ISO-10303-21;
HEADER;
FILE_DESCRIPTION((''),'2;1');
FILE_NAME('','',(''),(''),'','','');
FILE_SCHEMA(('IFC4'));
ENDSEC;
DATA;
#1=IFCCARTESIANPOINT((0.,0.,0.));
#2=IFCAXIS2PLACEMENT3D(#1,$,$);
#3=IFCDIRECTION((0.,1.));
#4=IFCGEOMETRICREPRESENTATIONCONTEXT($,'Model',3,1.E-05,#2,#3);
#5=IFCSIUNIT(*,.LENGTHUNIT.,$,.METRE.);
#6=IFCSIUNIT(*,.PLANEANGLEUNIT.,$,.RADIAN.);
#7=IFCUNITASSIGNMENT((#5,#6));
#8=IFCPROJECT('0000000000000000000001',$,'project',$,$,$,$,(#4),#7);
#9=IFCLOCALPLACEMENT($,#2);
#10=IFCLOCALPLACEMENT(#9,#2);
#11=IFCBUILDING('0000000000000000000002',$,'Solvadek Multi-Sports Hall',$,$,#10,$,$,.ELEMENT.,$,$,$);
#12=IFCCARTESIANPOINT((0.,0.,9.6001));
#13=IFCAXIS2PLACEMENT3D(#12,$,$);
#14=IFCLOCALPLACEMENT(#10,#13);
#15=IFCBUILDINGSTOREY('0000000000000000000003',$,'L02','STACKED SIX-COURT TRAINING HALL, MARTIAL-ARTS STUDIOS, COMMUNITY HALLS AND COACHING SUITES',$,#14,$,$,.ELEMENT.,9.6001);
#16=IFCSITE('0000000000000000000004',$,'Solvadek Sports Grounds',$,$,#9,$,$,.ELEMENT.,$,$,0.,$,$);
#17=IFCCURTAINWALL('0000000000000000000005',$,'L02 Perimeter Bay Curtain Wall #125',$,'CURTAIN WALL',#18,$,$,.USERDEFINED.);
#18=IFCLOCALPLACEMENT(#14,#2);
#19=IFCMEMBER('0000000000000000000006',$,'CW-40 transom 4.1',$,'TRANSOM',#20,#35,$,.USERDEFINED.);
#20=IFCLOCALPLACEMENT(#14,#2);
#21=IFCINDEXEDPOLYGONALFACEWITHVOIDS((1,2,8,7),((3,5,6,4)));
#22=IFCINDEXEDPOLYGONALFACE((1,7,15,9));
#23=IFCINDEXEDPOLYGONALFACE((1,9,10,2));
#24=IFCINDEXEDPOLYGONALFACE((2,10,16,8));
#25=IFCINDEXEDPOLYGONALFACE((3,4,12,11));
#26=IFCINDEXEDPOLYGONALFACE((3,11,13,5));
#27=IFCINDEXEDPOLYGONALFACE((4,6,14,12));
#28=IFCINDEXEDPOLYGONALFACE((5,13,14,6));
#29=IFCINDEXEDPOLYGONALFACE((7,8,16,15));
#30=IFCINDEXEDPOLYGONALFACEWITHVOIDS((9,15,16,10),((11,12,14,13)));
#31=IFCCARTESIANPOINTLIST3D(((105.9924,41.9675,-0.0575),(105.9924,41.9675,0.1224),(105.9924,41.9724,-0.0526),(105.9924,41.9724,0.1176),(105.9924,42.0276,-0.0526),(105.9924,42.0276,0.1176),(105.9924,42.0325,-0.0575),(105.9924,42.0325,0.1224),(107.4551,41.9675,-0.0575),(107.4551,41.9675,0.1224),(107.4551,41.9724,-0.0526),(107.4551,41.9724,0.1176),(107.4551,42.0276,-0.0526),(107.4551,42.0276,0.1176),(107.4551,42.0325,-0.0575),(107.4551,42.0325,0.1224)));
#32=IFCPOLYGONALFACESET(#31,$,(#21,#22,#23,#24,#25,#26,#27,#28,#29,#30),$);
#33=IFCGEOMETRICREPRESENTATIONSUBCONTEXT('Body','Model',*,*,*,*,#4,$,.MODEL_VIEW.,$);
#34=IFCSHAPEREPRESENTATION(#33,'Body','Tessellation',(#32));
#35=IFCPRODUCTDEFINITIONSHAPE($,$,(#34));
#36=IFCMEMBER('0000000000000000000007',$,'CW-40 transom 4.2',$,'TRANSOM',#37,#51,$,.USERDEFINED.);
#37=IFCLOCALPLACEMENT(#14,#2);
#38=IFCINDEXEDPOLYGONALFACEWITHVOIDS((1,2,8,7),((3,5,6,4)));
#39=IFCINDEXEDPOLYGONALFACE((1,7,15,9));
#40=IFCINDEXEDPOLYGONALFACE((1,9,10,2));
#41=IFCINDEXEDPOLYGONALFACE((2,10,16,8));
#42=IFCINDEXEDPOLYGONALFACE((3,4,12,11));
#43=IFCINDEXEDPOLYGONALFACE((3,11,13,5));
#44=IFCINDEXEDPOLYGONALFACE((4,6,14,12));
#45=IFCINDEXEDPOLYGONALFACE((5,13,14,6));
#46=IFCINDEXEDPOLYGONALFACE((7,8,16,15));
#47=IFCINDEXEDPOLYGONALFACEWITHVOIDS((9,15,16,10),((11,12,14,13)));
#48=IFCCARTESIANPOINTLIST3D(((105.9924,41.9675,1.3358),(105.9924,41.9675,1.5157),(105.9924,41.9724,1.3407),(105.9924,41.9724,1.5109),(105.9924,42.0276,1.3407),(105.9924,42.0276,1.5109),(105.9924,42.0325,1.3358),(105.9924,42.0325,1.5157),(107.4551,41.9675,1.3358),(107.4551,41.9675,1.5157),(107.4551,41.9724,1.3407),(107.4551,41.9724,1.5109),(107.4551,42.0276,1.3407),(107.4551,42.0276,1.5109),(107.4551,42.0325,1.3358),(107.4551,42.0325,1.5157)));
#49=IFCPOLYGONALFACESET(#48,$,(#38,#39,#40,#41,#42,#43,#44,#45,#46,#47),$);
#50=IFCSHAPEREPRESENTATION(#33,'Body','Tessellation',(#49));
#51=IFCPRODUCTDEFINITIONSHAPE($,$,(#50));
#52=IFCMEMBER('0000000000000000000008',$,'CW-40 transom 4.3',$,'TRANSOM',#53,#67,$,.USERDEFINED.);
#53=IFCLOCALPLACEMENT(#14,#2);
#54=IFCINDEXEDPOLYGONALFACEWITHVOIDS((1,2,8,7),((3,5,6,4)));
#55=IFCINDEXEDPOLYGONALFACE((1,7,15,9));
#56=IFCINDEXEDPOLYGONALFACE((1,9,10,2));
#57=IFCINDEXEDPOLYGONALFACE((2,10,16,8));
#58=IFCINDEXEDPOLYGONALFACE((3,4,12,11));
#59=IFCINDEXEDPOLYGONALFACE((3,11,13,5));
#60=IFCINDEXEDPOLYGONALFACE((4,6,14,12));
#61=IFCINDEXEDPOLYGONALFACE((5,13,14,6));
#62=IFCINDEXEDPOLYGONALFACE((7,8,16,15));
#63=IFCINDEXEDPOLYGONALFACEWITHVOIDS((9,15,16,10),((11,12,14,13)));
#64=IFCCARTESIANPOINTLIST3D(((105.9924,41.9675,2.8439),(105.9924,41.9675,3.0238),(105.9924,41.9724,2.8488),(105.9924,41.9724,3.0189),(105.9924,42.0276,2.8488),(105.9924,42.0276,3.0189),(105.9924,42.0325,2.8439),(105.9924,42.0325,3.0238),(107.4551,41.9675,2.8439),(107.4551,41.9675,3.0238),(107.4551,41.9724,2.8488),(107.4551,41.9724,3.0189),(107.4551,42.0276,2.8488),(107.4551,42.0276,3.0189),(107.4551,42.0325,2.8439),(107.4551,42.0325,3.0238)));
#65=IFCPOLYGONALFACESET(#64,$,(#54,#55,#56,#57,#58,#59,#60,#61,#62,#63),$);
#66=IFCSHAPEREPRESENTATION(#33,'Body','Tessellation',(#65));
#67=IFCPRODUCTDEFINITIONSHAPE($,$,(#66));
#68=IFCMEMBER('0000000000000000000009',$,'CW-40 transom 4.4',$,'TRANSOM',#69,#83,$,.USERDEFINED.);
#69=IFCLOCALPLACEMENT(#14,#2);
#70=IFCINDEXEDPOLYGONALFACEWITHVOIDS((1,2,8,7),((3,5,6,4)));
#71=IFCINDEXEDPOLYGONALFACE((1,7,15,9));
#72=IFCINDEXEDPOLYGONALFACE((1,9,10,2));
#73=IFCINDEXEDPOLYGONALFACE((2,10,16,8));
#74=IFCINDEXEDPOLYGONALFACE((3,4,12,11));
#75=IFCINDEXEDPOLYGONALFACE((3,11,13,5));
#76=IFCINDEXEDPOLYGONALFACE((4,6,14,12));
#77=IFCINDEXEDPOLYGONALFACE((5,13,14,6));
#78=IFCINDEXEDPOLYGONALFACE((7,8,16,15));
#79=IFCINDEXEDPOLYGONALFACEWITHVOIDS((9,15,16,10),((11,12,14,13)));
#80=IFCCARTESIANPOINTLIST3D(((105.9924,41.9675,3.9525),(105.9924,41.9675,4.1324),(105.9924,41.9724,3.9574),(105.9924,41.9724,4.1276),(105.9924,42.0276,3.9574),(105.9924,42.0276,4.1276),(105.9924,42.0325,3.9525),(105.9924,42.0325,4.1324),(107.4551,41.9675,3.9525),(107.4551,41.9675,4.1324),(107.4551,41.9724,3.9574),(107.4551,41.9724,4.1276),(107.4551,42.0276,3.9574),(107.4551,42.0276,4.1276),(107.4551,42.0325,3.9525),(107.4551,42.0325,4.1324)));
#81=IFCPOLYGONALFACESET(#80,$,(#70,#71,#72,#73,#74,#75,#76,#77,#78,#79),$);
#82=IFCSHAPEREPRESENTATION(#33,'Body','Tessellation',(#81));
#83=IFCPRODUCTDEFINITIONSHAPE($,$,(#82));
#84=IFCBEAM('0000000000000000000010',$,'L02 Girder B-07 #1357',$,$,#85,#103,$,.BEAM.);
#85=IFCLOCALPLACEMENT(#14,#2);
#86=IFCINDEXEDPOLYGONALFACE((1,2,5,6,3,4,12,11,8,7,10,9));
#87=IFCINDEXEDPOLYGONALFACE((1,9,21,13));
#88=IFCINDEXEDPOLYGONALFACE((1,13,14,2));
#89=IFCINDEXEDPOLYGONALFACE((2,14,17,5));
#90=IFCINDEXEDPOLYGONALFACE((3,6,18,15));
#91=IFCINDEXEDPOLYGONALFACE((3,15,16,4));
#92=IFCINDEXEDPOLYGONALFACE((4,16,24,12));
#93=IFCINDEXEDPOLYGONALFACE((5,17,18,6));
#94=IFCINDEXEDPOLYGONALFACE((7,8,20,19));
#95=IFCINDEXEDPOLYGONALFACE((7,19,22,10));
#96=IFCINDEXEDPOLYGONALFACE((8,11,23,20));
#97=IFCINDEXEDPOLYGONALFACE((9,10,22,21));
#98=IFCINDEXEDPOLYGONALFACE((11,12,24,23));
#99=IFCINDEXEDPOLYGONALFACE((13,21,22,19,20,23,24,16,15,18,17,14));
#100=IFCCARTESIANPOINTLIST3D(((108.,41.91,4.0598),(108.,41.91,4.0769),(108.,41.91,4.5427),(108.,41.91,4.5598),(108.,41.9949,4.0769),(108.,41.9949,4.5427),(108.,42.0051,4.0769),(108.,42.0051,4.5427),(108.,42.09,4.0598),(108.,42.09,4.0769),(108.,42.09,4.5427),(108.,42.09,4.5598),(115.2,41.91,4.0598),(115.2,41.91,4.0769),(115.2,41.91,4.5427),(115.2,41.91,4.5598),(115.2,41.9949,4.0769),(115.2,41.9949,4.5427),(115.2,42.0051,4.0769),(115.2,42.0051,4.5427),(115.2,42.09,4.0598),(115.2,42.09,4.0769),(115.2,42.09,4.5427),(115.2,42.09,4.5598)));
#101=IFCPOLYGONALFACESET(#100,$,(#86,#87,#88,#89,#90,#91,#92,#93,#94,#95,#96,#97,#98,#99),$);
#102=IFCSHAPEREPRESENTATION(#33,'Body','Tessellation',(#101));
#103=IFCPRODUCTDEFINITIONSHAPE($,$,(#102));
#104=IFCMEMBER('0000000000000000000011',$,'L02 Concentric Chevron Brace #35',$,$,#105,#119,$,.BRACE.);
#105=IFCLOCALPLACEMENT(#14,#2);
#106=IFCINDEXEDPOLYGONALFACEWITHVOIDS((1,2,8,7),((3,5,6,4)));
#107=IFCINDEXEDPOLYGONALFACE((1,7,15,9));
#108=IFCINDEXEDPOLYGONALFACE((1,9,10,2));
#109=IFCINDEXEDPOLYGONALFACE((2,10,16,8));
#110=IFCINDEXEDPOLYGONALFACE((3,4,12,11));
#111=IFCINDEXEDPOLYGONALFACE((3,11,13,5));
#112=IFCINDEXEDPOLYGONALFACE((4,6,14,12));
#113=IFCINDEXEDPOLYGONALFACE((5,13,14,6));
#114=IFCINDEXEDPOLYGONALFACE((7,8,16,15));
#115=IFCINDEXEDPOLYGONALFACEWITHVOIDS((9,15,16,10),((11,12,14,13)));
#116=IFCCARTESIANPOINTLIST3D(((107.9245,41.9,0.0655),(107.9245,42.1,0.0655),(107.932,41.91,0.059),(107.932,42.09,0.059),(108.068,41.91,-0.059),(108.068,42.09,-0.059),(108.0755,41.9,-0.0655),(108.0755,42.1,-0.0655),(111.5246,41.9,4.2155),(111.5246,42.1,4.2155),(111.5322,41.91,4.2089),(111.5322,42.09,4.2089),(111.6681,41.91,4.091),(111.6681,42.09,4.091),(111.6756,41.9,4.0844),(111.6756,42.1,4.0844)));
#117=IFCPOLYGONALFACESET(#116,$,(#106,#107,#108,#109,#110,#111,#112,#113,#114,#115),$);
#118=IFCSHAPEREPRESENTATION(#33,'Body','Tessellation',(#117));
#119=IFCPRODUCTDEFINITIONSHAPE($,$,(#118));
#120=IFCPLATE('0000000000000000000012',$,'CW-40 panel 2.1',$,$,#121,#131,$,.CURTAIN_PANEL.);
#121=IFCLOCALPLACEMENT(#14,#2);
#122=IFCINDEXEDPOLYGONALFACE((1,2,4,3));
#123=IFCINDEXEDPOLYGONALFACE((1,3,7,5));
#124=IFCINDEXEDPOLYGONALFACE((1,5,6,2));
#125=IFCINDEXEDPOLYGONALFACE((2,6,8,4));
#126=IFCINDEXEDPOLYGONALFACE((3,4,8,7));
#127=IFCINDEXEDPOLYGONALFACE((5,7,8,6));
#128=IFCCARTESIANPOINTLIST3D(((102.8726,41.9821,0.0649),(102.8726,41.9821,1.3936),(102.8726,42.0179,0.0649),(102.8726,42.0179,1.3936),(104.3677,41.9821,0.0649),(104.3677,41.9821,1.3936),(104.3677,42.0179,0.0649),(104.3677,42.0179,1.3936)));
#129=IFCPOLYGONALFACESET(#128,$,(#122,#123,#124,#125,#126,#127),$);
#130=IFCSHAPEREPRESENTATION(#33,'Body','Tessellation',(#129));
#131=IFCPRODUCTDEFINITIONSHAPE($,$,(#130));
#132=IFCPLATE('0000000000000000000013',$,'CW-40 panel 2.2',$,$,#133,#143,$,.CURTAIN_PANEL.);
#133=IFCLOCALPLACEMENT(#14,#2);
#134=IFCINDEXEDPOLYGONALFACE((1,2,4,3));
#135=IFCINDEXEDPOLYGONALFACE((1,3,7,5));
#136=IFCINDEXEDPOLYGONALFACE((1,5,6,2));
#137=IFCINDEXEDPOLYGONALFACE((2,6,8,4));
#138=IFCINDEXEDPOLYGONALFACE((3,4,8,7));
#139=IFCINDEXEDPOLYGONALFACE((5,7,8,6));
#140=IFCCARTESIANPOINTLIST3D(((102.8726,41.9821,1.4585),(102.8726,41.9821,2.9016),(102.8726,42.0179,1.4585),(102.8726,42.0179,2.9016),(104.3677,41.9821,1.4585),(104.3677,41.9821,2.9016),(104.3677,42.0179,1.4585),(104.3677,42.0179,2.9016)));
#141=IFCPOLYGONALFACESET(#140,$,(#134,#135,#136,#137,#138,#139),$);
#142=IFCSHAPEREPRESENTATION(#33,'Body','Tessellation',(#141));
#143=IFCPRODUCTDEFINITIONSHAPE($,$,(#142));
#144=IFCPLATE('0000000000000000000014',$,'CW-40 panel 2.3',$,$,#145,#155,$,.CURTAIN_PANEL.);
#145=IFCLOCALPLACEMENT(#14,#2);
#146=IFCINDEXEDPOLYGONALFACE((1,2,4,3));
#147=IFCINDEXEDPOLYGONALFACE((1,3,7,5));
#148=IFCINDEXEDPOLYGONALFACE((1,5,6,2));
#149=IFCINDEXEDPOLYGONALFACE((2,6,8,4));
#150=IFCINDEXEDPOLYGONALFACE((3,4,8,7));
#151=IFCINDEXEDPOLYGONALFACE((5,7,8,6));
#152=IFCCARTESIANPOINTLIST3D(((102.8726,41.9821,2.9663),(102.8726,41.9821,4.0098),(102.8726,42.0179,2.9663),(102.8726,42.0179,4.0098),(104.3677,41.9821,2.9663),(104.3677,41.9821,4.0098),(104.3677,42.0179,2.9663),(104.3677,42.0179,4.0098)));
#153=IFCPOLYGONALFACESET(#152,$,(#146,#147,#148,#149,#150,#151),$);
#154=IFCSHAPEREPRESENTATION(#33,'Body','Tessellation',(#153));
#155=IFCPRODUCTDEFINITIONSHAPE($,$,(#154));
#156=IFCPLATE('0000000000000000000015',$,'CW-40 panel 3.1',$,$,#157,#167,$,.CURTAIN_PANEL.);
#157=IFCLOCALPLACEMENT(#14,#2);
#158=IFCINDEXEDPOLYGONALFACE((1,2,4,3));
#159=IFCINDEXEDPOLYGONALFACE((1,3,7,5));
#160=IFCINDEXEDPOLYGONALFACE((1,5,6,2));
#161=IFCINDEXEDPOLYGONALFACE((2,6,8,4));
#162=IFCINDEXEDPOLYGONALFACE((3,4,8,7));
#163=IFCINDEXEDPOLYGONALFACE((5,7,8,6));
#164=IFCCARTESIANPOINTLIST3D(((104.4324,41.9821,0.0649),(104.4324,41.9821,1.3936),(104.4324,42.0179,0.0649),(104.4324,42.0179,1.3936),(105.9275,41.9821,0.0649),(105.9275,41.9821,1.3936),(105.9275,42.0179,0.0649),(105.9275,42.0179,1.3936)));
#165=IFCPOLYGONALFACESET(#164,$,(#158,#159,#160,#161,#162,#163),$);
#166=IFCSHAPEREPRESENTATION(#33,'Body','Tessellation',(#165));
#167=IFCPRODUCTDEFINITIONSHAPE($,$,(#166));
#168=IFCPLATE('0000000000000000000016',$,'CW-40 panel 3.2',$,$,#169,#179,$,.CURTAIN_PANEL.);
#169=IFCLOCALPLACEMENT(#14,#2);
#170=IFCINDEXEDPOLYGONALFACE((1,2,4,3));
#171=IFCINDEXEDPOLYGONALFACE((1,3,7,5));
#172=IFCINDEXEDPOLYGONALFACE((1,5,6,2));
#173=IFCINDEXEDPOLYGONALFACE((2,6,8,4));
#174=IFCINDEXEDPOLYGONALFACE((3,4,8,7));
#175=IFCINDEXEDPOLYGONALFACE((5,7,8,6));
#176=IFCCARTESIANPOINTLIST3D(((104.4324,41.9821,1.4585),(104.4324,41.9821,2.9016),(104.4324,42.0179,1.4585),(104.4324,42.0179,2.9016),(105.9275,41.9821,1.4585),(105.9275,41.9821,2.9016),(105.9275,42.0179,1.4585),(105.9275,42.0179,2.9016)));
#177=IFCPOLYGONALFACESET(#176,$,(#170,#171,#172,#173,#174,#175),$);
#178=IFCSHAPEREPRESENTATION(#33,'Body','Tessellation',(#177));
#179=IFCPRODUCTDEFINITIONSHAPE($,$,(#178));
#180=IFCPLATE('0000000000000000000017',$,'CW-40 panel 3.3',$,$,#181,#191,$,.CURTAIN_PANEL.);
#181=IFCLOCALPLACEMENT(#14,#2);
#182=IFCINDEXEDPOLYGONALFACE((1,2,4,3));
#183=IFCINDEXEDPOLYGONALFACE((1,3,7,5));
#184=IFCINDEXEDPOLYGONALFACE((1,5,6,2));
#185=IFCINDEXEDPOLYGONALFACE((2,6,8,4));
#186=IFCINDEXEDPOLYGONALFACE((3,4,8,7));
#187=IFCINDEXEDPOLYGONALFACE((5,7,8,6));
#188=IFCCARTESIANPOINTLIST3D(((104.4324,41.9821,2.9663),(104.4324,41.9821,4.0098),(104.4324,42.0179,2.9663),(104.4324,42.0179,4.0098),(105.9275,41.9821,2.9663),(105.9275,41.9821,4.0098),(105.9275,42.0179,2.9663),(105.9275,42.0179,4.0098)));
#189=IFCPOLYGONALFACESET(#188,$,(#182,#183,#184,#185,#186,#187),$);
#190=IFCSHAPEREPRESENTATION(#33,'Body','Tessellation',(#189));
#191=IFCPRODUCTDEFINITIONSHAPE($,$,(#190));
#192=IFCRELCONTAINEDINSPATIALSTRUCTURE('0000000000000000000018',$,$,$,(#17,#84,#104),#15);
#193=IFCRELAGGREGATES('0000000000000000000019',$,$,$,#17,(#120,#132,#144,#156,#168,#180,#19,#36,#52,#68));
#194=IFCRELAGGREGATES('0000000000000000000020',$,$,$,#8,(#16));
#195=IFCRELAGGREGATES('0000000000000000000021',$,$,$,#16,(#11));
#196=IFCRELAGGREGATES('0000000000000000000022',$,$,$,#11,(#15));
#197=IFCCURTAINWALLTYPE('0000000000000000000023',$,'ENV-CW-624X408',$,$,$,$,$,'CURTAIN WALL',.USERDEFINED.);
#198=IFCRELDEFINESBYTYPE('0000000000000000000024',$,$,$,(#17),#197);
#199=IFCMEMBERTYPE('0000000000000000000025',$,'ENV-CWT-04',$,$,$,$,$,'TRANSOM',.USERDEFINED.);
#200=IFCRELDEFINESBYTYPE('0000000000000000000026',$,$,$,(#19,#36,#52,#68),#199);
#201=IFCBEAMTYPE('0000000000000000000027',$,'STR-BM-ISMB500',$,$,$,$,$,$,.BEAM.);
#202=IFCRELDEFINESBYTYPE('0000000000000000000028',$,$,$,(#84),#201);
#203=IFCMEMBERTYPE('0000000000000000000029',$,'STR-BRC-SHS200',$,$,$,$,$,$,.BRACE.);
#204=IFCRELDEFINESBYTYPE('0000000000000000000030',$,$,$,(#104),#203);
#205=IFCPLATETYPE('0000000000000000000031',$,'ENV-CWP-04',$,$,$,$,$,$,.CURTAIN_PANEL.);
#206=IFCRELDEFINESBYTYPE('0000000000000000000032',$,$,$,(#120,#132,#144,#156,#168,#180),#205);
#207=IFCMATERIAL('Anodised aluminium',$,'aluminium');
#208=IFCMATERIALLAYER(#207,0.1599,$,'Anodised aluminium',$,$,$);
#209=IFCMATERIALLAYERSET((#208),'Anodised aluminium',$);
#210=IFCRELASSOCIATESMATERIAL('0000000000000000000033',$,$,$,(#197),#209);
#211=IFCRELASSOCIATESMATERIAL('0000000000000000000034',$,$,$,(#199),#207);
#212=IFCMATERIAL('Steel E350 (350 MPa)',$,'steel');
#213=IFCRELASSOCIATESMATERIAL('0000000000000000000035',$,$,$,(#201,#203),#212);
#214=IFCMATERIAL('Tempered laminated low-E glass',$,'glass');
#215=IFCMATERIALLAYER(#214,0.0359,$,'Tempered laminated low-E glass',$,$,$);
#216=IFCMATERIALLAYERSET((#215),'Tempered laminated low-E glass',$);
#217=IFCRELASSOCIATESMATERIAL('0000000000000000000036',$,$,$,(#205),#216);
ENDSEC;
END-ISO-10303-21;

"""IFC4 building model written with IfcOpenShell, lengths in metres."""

from ifc_helpers import new_model, si_unit, direction, frame, origin, origin_2d, place, context, subcontext, project, spatial, rectangle, hollow_rectangle, i_section, extrude, material, layer, layer_set, material_profile, profile_set, type_object, element, aggregate, save


model = new_model("IFC4")

# Units and contexts
model_context = context("Model", 3, precision=1e-05, world=origin(), true_north=direction((0.0, 1.0)))
body_context = subcontext(model_context, "Body", "Model", "MODEL_VIEW")
ifc_project = project(units=[si_unit("LENGTHUNIT", "METRE"), si_unit("PLANEANGLEUNIT", "RADIAN")], contexts=[model_context])

# Site, building, storey
site_placement = place(None, origin())
site = spatial("IfcSite", under=ifc_project, at=site_placement, Name="Solvadek Sports Grounds", CompositionType="ELEMENT", RefElevation=0.0)
building_placement = place(site_placement, origin())
building = spatial("IfcBuilding", under=site, at=building_placement, Name="Solvadek Multi-Sports Hall", CompositionType="ELEMENT")
storey_placement = place(building_placement, frame((0.0, 0.0, 9.6001)))
storey = spatial("IfcBuildingStorey", under=building, at=storey_placement, Name="L02", Description="STACKED SIX-COURT TRAINING HALL, MARTIAL-ARTS STUDIOS, COMMUNITY HALLS AND COACHING SUITES", CompositionType="ELEMENT", Elevation=9.6001)

# Shared definitions
ifc_material_1 = material(Name="Steel E350 (350 MPa)", Category="steel")

# Curtain wall, members
ifc_material_2 = material(Name="Anodised aluminium", Category="aluminium")
ifc_layer_1 = layer(ifc_material_2, 0.1599, Name="Anodised aluminium")
ifc_layer_set_1 = layer_set([ifc_layer_1], Name="Anodised aluminium")
curtain_wall_type = type_object("IfcCurtainWallType", Name="ENV-CW-624X408", ElementType="CURTAIN WALL", PredefinedType="USERDEFINED", material=ifc_layer_set_1)
curtain_wall_placement = place(storey_placement, origin())
curtain_wall = element("IfcCurtainWall", 1, at=curtain_wall_placement, inside=storey, type_object=curtain_wall_type, Name="L02 Perimeter Bay Curtain Wall #125", ObjectType="CURTAIN WALL", PredefinedType="USERDEFINED")
ifc_material_profile_1 = material_profile(ifc_material_2, hollow_rectangle(XDim=0.0649, YDim=0.1799, WallThickness=0.0049, at=origin_2d()), Name="ALU-T 180x65x5")
ifc_profile_set_1 = profile_set([ifc_material_profile_1], Name="Anodised aluminium")
member_type_1 = type_object("IfcMemberType", Name="ENV-CWT-04", ElementType="TRANSOM", PredefinedType="USERDEFINED", material=ifc_profile_set_1)
member_1_placement = place(storey_placement, frame((105.9924, 42.0, 0.0325), z_axis=(1.0, 0.0, 0.0), x_axis=(0.0, 1.0, 0.0)))
member_1 = element("IfcMember", 2, at=member_1_placement, type_object=member_type_1, Name="CW-40 transom 4.1", ObjectType="TRANSOM", PredefinedType="USERDEFINED", context=body_context, shape_type="SweptSolid", body=[
    extrude(hollow_rectangle(XDim=0.0649, YDim=0.1799, WallThickness=0.0049, at=origin_2d()), origin(), (0.0, 0.0, 1.0), 1.4626),
])
member_2_placement = place(storey_placement, frame((105.9924, 42.0, 1.4258), z_axis=(1.0, 0.0, 0.0), x_axis=(0.0, 1.0, 0.0)))
member_2 = element("IfcMember", 3, at=member_2_placement, type_object=member_type_1, Name="CW-40 transom 4.2", ObjectType="TRANSOM", PredefinedType="USERDEFINED", context=body_context, shape_type="SweptSolid", body=[
    extrude(hollow_rectangle(XDim=0.0649, YDim=0.1799, WallThickness=0.0049, at=origin_2d()), origin(), (0.0, 0.0, 1.0), 1.4626),
])
member_3_placement = place(storey_placement, frame((105.9924, 42.0, 2.9338), z_axis=(1.0, 0.0, 0.0), x_axis=(0.0, 1.0, 0.0)))
member_3 = element("IfcMember", 4, at=member_3_placement, type_object=member_type_1, Name="CW-40 transom 4.3", ObjectType="TRANSOM", PredefinedType="USERDEFINED", context=body_context, shape_type="SweptSolid", body=[
    extrude(hollow_rectangle(XDim=0.0649, YDim=0.1799, WallThickness=0.0049, at=origin_2d()), origin(), (0.0, 0.0, 1.0), 1.4626),
])
member_4_placement = place(storey_placement, frame((105.9924, 42.0, 4.0425), z_axis=(1.0, 0.0, 0.0), x_axis=(0.0, 1.0, 0.0)))
member_4 = element("IfcMember", 5, at=member_4_placement, type_object=member_type_1, Name="CW-40 transom 4.4", ObjectType="TRANSOM", PredefinedType="USERDEFINED", context=body_context, shape_type="SweptSolid", body=[
    extrude(hollow_rectangle(XDim=0.0649, YDim=0.1799, WallThickness=0.0049, at=origin_2d()), origin(), (0.0, 0.0, 1.0), 1.4626),
])

# Beam
ifc_material_profile_2 = material_profile(ifc_material_1, i_section(OverallWidth=0.1799, OverallDepth=0.5, WebThickness=0.0103, FlangeThickness=0.0171, at=origin_2d()), Name="ISMB 500")
ifc_profile_set_2 = profile_set([ifc_material_profile_2], Name="Steel E350 (350 MPa)")
beam_type = type_object("IfcBeamType", Name="STR-BM-ISMB500", PredefinedType="BEAM", material=ifc_profile_set_2)
beam_placement = place(storey_placement, frame((108.0, 42.0, 4.3098), z_axis=(1.0, 0.0, 0.0), x_axis=(0.0, 1.0, 0.0)))
element("IfcBeam", 6, at=beam_placement, inside=storey, type_object=beam_type, Name="L02 Girder B-07 #1357", PredefinedType="BEAM", context=body_context, shape_type="SweptSolid", body=[
    extrude(i_section(OverallWidth=0.1799, OverallDepth=0.5, WebThickness=0.0103, FlangeThickness=0.0171, at=origin_2d()), origin(), (0.0, 0.0, 1.0), 7.2),
])

# Member
ifc_material_profile_3 = material_profile(ifc_material_1, hollow_rectangle(XDim=0.2, YDim=0.2, WallThickness=0.01, at=origin_2d()), Name="SHS 200x200x10")
ifc_profile_set_3 = profile_set([ifc_material_profile_3], Name="Steel E350 (350 MPa)")
member_type_2 = type_object("IfcMemberType", Name="STR-BRC-SHS200", PredefinedType="BRACE", material=ifc_profile_set_3)
member_5_placement = place(storey_placement, frame((108.0, 42.0, 0.0), z_axis=(0.655296, 0.0, 0.755372), x_axis=(0.0, 1.0, 0.0)))
element("IfcMember", 7, at=member_5_placement, inside=storey, type_object=member_type_2, Name="L02 Concentric Chevron Brace #35", PredefinedType="BRACE", context=body_context, shape_type="SweptSolid", body=[
    extrude(hollow_rectangle(XDim=0.2, YDim=0.2, WallThickness=0.01, at=origin_2d()), origin(), (0.0, 0.0, 1.0), 5.4939),
])

# Plates
ifc_material_3 = material(Name="Tempered laminated low-E glass", Category="glass")
ifc_layer_2 = layer(ifc_material_3, 0.0359, Name="Tempered laminated low-E glass")
ifc_layer_set_2 = layer_set([ifc_layer_2], Name="Tempered laminated low-E glass")
plate_type_1 = type_object("IfcPlateType", Name="ENV-CWP-04", PredefinedType="CURTAIN_PANEL", material=ifc_layer_set_2)
plate_1_placement = place(storey_placement, frame((103.6201, 42.0, 0.0649), z_axis=(0.0, 0.0, 1.0), x_axis=(1.0, 0.0, 0.0)))
plate_1 = element("IfcPlate", 8, at=plate_1_placement, type_object=plate_type_1, Name="CW-40 panel 2.1", PredefinedType="CURTAIN_PANEL", context=body_context, shape_type="SweptSolid", body=[
    extrude(rectangle(XDim=1.4951, YDim=0.0359, at=origin_2d()), origin(), (0.0, 0.0, 1.0), 1.3286),
])
plate_2_placement = place(storey_placement, frame((103.6201, 42.0, 1.4585), z_axis=(0.0, 0.0, 1.0), x_axis=(1.0, 0.0, 0.0)))
plate_2 = element("IfcPlate", 9, at=plate_2_placement, type_object=plate_type_1, Name="CW-40 panel 2.2", PredefinedType="CURTAIN_PANEL", context=body_context, shape_type="SweptSolid", body=[
    extrude(rectangle(XDim=1.4951, YDim=0.0359, at=origin_2d()), origin(), (0.0, 0.0, 1.0), 1.4431),
])
plate_3_placement = place(storey_placement, frame((103.6201, 42.0, 2.9663), z_axis=(0.0, 0.0, 1.0), x_axis=(1.0, 0.0, 0.0)))
plate_3 = element("IfcPlate", 10, at=plate_3_placement, type_object=plate_type_1, Name="CW-40 panel 2.3", PredefinedType="CURTAIN_PANEL", context=body_context, shape_type="SweptSolid", body=[
    extrude(rectangle(XDim=1.4951, YDim=0.0359, at=origin_2d()), origin(), (0.0, 0.0, 1.0), 1.0435),
])
plate_4_placement = place(storey_placement, frame((105.1799, 42.0, 0.0649), z_axis=(0.0, 0.0, 1.0), x_axis=(1.0, 0.0, 0.0)))
plate_4 = element("IfcPlate", 11, at=plate_4_placement, type_object=plate_type_1, Name="CW-40 panel 3.1", PredefinedType="CURTAIN_PANEL", context=body_context, shape_type="SweptSolid", body=[
    extrude(rectangle(XDim=1.4951, YDim=0.0359, at=origin_2d()), origin(), (0.0, 0.0, 1.0), 1.3286),
])
plate_5_placement = place(storey_placement, frame((105.1799, 42.0, 1.4585), z_axis=(0.0, 0.0, 1.0), x_axis=(1.0, 0.0, 0.0)))
plate_5 = element("IfcPlate", 12, at=plate_5_placement, type_object=plate_type_1, Name="CW-40 panel 3.2", PredefinedType="CURTAIN_PANEL", context=body_context, shape_type="SweptSolid", body=[
    extrude(rectangle(XDim=1.4951, YDim=0.0359, at=origin_2d()), origin(), (0.0, 0.0, 1.0), 1.4431),
])
plate_6_placement = place(storey_placement, frame((105.1799, 42.0, 2.9663), z_axis=(0.0, 0.0, 1.0), x_axis=(1.0, 0.0, 0.0)))
plate_6 = element("IfcPlate", 13, at=plate_6_placement, type_object=plate_type_1, Name="CW-40 panel 3.3", PredefinedType="CURTAIN_PANEL", context=body_context, shape_type="SweptSolid", body=[
    extrude(rectangle(XDim=1.4951, YDim=0.0359, at=origin_2d()), origin(), (0.0, 0.0, 1.0), 1.0435),
])
aggregate(curtain_wall, [plate_1, plate_2, plate_3, plate_4, plate_5, plate_6, member_1, member_2, member_3, member_4])

save(model, "model.ifc")
